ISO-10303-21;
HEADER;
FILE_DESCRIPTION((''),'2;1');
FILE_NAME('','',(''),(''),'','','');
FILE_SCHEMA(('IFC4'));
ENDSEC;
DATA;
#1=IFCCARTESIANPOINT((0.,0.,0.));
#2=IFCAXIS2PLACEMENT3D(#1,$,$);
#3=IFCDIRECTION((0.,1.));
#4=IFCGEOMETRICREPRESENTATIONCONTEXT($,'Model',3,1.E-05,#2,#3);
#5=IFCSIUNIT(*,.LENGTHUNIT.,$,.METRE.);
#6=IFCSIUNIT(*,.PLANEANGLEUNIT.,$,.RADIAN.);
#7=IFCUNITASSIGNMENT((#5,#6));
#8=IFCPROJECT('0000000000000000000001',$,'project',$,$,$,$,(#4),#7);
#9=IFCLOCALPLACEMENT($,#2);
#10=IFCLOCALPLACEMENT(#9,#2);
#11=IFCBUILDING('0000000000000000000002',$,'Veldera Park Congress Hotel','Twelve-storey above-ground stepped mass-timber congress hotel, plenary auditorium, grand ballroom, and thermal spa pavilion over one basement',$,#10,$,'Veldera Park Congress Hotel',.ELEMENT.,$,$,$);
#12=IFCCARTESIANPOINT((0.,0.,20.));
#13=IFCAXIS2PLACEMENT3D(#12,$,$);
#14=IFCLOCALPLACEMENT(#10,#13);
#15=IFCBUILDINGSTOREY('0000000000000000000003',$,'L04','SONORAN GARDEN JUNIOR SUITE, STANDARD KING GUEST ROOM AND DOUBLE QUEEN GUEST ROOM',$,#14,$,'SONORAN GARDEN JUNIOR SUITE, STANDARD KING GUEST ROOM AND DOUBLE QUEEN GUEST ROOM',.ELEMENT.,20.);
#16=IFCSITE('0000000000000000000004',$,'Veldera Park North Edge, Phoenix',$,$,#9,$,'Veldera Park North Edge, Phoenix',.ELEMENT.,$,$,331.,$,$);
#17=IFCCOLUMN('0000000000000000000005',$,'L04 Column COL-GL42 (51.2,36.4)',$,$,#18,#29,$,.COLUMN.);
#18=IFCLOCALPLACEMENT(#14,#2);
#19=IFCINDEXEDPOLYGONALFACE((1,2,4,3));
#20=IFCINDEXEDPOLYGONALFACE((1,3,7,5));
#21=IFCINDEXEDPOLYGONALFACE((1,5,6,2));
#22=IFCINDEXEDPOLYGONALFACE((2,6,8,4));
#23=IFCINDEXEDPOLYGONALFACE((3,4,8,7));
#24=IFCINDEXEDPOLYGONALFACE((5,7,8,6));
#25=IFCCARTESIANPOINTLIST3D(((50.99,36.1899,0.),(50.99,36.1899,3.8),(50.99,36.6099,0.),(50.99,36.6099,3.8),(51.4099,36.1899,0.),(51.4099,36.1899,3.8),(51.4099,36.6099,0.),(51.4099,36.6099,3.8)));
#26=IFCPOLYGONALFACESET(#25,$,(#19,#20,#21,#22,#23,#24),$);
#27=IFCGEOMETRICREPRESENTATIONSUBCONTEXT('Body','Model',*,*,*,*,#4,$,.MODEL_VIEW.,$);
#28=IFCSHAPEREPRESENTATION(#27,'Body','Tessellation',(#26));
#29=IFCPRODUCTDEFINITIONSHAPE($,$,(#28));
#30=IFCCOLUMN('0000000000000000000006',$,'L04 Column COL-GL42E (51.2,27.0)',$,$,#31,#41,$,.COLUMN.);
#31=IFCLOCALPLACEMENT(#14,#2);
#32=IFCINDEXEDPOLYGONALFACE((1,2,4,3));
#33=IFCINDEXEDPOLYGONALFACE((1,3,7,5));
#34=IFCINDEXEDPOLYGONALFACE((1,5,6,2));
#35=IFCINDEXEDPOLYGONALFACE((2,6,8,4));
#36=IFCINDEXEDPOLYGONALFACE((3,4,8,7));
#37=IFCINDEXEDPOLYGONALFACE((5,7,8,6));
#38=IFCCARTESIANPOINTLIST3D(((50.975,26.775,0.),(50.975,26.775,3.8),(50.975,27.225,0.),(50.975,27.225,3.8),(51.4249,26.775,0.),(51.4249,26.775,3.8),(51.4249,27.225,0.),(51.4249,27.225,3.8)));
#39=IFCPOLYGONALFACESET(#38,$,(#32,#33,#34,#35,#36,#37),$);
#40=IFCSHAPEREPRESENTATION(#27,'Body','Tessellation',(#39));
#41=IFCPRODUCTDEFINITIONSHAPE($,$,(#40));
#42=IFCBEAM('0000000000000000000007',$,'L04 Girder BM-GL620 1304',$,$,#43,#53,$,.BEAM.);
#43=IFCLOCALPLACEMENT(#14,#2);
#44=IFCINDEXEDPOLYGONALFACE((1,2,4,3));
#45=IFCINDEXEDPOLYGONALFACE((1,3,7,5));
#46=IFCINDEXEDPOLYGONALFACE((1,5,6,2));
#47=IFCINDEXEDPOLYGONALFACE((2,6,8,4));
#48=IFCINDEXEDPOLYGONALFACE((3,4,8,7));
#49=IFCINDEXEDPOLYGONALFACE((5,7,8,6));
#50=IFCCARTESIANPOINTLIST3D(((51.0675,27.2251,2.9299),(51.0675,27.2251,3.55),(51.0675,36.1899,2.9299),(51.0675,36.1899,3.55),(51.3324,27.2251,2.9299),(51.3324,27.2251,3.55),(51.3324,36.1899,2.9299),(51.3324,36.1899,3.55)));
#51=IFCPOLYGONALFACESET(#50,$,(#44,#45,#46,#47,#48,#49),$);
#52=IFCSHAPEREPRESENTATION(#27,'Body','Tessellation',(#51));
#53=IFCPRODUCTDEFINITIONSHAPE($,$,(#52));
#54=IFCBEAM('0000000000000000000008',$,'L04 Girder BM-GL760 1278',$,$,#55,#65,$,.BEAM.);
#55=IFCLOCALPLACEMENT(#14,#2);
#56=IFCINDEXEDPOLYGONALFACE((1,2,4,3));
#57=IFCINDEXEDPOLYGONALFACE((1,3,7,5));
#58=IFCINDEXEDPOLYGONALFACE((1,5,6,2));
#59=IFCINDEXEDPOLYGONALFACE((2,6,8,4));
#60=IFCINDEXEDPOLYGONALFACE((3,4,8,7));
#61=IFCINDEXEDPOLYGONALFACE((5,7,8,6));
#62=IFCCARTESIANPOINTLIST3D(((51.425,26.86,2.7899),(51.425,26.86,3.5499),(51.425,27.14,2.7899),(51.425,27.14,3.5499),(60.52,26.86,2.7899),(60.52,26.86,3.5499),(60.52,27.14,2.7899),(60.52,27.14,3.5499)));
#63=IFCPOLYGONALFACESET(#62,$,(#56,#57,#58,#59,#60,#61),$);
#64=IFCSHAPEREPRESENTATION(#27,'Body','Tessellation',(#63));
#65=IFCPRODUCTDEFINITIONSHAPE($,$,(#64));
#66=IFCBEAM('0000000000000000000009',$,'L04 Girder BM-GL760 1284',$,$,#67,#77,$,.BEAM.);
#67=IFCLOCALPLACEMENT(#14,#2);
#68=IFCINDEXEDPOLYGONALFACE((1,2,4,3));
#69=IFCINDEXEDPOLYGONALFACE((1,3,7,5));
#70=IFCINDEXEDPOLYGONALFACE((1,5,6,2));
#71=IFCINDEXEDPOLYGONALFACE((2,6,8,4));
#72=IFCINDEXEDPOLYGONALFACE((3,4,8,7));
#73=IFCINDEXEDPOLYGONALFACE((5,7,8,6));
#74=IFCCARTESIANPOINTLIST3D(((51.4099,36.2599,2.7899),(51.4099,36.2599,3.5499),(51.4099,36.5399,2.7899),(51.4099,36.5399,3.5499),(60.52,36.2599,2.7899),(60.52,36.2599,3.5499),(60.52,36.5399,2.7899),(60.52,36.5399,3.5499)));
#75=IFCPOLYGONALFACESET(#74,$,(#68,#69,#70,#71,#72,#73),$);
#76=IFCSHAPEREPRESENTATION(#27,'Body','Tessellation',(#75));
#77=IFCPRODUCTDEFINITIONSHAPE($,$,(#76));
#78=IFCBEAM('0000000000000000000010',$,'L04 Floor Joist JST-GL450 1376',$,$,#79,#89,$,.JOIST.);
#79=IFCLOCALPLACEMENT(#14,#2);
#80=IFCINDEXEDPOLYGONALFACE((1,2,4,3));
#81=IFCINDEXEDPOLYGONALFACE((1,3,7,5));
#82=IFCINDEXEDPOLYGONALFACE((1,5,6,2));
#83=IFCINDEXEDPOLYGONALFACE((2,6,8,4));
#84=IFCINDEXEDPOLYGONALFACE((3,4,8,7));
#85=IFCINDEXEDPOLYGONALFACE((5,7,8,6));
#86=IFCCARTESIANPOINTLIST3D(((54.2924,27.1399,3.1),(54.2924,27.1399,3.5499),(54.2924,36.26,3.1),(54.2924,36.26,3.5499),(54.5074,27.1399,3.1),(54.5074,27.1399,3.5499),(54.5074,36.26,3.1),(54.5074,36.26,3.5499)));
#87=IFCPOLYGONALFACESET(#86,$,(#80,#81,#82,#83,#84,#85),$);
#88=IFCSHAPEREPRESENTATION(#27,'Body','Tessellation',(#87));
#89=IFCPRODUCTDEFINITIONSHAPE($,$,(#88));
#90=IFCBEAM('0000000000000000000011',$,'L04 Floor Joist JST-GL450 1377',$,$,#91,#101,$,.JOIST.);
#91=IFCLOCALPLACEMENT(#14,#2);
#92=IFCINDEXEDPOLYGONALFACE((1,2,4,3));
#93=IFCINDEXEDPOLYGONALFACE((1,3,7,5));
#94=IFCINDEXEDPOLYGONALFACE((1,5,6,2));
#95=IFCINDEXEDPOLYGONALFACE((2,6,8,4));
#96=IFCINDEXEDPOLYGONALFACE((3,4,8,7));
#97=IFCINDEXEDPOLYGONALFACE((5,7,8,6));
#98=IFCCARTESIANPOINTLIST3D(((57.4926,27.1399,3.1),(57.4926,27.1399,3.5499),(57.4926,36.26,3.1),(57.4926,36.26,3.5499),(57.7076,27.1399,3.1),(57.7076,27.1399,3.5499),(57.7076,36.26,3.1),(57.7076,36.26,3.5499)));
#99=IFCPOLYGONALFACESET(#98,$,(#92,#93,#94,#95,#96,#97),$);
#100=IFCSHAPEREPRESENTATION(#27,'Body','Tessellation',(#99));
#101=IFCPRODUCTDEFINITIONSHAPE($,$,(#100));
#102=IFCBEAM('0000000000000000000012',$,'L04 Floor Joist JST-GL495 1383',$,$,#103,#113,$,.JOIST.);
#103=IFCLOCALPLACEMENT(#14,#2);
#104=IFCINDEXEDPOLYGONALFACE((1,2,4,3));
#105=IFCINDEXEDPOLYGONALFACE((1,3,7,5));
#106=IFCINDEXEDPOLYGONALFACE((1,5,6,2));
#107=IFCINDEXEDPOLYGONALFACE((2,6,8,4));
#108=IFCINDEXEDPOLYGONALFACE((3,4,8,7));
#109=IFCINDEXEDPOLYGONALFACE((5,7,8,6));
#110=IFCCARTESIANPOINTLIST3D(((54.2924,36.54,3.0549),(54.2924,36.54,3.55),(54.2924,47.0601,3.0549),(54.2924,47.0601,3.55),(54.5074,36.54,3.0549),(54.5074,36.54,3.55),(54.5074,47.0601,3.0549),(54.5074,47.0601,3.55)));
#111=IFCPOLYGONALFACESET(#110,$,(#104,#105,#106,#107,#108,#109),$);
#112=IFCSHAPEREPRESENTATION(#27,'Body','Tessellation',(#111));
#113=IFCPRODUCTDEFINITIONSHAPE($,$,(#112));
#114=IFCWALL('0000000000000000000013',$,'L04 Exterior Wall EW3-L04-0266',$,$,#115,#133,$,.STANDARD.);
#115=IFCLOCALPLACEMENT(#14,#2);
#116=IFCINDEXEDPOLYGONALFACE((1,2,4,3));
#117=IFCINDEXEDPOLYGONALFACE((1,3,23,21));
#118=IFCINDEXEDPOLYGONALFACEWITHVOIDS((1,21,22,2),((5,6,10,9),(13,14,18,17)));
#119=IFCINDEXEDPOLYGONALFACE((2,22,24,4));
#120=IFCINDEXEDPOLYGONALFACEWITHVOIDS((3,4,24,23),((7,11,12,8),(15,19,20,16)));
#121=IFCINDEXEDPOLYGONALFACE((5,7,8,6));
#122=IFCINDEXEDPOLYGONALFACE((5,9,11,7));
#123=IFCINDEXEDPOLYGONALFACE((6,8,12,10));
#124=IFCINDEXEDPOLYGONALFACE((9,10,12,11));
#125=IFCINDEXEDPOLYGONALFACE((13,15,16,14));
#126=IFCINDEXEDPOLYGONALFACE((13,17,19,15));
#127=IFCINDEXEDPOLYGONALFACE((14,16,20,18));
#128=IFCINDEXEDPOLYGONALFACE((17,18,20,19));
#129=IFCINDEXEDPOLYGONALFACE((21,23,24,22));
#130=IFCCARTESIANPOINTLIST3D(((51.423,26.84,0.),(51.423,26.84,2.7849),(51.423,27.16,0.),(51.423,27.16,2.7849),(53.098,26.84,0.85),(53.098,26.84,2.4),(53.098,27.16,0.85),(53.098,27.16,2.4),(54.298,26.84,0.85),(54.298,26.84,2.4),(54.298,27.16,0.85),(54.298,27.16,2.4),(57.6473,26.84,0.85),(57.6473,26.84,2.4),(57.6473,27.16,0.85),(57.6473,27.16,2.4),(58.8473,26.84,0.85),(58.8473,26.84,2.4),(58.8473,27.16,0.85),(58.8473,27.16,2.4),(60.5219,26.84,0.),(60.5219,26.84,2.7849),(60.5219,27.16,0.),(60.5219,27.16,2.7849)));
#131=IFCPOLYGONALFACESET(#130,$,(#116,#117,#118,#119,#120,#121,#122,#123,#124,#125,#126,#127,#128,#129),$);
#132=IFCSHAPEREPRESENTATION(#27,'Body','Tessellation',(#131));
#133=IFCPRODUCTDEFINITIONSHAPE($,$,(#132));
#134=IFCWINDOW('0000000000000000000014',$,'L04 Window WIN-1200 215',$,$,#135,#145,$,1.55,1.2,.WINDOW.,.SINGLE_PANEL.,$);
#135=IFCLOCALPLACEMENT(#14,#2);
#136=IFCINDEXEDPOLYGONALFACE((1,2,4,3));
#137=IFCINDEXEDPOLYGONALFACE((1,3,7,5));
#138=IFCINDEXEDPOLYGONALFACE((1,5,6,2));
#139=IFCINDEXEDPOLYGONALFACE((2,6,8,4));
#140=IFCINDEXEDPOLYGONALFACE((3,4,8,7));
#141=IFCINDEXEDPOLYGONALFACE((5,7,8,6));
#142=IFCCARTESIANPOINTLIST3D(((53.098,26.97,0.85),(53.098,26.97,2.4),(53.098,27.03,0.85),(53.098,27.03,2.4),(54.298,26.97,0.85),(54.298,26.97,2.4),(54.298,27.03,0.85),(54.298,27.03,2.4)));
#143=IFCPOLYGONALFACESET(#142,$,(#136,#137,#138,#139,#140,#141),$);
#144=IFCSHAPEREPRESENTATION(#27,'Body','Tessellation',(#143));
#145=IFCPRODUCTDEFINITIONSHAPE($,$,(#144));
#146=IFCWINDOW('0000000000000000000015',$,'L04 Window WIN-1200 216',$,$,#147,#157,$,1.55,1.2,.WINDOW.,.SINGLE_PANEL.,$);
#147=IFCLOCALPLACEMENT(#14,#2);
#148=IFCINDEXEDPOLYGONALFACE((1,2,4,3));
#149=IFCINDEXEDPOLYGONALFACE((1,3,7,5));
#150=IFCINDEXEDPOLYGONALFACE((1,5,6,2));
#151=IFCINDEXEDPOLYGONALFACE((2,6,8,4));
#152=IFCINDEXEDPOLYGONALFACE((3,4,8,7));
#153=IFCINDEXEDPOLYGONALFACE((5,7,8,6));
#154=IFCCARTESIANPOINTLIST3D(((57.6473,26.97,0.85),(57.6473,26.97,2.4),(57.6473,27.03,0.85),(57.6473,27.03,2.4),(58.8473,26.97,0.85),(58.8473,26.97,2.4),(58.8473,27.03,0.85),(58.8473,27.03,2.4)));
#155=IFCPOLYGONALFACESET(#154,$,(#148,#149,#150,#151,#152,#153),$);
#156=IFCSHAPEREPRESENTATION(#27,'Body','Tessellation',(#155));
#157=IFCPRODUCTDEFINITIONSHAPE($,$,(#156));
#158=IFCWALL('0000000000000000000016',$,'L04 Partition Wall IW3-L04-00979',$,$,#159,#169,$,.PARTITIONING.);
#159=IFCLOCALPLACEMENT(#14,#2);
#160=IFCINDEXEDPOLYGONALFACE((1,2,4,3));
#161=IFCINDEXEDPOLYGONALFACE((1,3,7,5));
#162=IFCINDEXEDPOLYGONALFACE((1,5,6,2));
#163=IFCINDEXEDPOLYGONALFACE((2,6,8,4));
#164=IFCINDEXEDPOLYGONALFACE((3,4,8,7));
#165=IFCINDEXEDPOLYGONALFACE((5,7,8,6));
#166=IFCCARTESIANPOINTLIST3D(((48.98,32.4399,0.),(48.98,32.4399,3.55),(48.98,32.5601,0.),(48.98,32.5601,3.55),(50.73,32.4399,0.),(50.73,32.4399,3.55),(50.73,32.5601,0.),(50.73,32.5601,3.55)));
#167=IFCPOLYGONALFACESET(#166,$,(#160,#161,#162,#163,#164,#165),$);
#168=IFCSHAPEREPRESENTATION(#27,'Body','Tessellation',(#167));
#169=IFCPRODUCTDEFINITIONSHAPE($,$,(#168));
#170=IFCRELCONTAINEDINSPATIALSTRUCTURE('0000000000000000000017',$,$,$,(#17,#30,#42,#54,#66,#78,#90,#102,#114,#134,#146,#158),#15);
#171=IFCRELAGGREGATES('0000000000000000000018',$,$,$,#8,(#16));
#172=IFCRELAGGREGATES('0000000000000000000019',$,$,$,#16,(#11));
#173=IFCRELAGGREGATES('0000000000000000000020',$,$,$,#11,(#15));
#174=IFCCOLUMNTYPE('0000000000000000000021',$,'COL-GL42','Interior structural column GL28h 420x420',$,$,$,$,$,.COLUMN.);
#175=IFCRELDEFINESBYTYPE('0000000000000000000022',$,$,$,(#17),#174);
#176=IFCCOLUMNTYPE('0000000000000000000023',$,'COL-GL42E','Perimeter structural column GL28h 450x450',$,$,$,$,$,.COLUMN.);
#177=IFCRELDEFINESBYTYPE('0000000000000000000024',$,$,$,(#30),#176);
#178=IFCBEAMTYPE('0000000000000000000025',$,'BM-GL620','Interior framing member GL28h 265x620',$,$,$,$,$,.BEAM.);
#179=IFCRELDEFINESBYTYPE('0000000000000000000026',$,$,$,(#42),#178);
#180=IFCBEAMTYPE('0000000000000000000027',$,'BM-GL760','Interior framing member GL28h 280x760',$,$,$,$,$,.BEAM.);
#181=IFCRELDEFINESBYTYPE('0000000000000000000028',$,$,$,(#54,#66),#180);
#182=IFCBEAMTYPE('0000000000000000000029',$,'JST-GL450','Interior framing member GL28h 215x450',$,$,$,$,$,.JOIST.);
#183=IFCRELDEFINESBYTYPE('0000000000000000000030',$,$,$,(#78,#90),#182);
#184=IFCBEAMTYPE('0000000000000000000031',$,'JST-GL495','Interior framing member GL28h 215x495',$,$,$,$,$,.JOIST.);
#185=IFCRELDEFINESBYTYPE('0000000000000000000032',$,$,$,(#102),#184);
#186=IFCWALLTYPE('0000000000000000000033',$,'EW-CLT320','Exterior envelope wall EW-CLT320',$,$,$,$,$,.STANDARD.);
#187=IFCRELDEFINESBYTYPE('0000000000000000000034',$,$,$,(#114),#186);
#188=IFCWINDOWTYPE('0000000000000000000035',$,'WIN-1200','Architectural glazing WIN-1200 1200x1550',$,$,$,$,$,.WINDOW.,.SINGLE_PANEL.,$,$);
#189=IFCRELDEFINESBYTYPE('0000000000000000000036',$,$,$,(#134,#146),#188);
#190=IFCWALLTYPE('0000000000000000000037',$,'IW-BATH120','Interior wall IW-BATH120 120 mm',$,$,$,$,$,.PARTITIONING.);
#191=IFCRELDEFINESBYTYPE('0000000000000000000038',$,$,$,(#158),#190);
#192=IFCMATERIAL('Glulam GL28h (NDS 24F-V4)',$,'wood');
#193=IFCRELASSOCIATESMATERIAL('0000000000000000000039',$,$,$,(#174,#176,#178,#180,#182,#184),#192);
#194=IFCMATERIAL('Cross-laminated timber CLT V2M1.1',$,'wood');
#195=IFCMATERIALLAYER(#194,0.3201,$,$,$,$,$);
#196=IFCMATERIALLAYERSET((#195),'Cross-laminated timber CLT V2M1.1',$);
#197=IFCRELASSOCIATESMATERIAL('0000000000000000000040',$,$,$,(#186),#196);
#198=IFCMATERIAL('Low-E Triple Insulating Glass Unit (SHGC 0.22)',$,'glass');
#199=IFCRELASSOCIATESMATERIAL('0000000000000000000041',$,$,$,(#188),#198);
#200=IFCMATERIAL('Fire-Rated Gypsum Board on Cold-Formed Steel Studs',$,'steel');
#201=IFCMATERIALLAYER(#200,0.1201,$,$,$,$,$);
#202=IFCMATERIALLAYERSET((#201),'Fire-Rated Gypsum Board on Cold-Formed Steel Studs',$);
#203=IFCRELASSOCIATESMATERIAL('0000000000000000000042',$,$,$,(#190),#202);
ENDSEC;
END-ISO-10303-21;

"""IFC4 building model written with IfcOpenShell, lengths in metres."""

from ifc_helpers import new_model, si_unit, direction, frame, frame_2d, origin, origin_2d, place, context, subcontext, project, spatial, rectangle, extrude, material, layer, layer_set, material_profile, profile_set, type_object, element, fill, save


model = new_model("IFC4")

# Units and contexts
model_context = context("Model", 3, precision=1e-05, world=origin(), true_north=direction((0.0, 1.0)))
body_context = subcontext(model_context, "Body", "Model", "MODEL_VIEW")
ifc_project = project(units=[si_unit("LENGTHUNIT", "METRE"), si_unit("PLANEANGLEUNIT", "RADIAN")], contexts=[model_context])

# Site, building, storey
site_placement = place(None, origin())
site = spatial("IfcSite", under=ifc_project, at=site_placement, Name="Veldera Park North Edge, Phoenix", LongName="Veldera Park North Edge, Phoenix", CompositionType="ELEMENT", RefElevation=331.0)
building_placement = place(site_placement, origin())
building = spatial("IfcBuilding", under=site, at=building_placement, Name="Veldera Park Congress Hotel", Description="Twelve-storey above-ground stepped mass-timber congress hotel, plenary auditorium, grand ballroom, and thermal spa pavilion over one basement", LongName="Veldera Park Congress Hotel", CompositionType="ELEMENT")
storey_placement = place(building_placement, frame((0.0, 0.0, 20.0)))
storey = spatial("IfcBuildingStorey", under=building, at=storey_placement, Name="L04", Description="SONORAN GARDEN JUNIOR SUITE, STANDARD KING GUEST ROOM AND DOUBLE QUEEN GUEST ROOM", LongName="SONORAN GARDEN JUNIOR SUITE, STANDARD KING GUEST ROOM AND DOUBLE QUEEN GUEST ROOM", CompositionType="ELEMENT", Elevation=20.0)

# Columns
ifc_material_1 = material(Name="Glulam GL28h (NDS 24F-V4)", Category="wood")
ifc_material_profile_1 = material_profile(ifc_material_1, rectangle(XDim=0.4199, YDim=0.4199, at=origin_2d()), Name="GL28h 420x420")
ifc_profile_set_1 = profile_set([ifc_material_profile_1], Name="Glulam GL28h (NDS 24F-V4)")
column_type_1 = type_object("IfcColumnType", Name="COL-GL42", Description="Interior structural column GL28h 420x420", PredefinedType="COLUMN", material=ifc_profile_set_1)
column_1_placement = place(storey_placement, frame((51.2, 36.3999, 0.0), z_axis=(0.0, 0.0, 1.0), x_axis=(1.0, 0.0, 0.0)))
element("IfcColumn", 1, at=column_1_placement, inside=storey, type_object=column_type_1, Name="L04 Column COL-GL42 (51.2,36.4)", PredefinedType="COLUMN", context=body_context, shape_type="SweptSolid", body=[
    extrude(rectangle(XDim=0.4199, YDim=0.4199, at=origin_2d()), origin(), (0.0, 0.0, 1.0), 3.8),
])
ifc_material_profile_2 = material_profile(ifc_material_1, rectangle(XDim=0.45, YDim=0.45, at=origin_2d()), Name="GL28h 450x450")
ifc_profile_set_2 = profile_set([ifc_material_profile_2], Name="Glulam GL28h (NDS 24F-V4)")
column_type_2 = type_object("IfcColumnType", Name="COL-GL42E", Description="Perimeter structural column GL28h 450x450", PredefinedType="COLUMN", material=ifc_profile_set_2)
column_2_placement = place(storey_placement, frame((51.2, 27.0, 0.0), z_axis=(0.0, 0.0, 1.0), x_axis=(1.0, 0.0, 0.0)))
element("IfcColumn", 2, at=column_2_placement, inside=storey, type_object=column_type_2, Name="L04 Column COL-GL42E (51.2,27.0)", PredefinedType="COLUMN", context=body_context, shape_type="SweptSolid", body=[
    extrude(rectangle(XDim=0.45, YDim=0.45, at=origin_2d()), origin(), (0.0, 0.0, 1.0), 3.8),
])

# Beams
ifc_material_profile_3 = material_profile(ifc_material_1, rectangle(XDim=0.2649, YDim=0.6201, at=origin_2d()), Name="GL28h 265x620")
ifc_profile_set_3 = profile_set([ifc_material_profile_3], Name="Glulam GL28h (NDS 24F-V4)")
beam_type_1 = type_object("IfcBeamType", Name="BM-GL620", Description="Interior framing member GL28h 265x620", PredefinedType="BEAM", material=ifc_profile_set_3)
beam_1_placement = place(storey_placement, frame((51.2, 27.2251, 3.24), z_axis=(0.0, 1.0, 0.0), x_axis=(-1.0, 0.0, 0.0)))
element("IfcBeam", 3, at=beam_1_placement, inside=storey, type_object=beam_type_1, Name="L04 Girder BM-GL620 1304", PredefinedType="BEAM", context=body_context, shape_type="SweptSolid", body=[
    extrude(rectangle(XDim=0.2649, YDim=0.6201, at=origin_2d()), origin(), (0.0, 0.0, 1.0), 8.9648),
])
ifc_material_profile_4 = material_profile(ifc_material_1, rectangle(XDim=0.28, YDim=0.76, at=origin_2d()), Name="GL28h 280x760")
ifc_profile_set_4 = profile_set([ifc_material_profile_4], Name="Glulam GL28h (NDS 24F-V4)")
beam_type_2 = type_object("IfcBeamType", Name="BM-GL760", Description="Interior framing member GL28h 280x760", PredefinedType="BEAM", material=ifc_profile_set_4)
beam_2_placement = place(storey_placement, frame((51.425, 27.0, 3.1699), z_axis=(1.0, 0.0, 0.0), x_axis=(0.0, 1.0, 0.0)))
element("IfcBeam", 4, at=beam_2_placement, inside=storey, type_object=beam_type_2, Name="L04 Girder BM-GL760 1278", PredefinedType="BEAM", context=body_context, shape_type="SweptSolid", body=[
    extrude(rectangle(XDim=0.28, YDim=0.76, at=origin_2d()), origin(), (0.0, 0.0, 1.0), 9.095),
])
beam_3_placement = place(storey_placement, frame((51.4099, 36.3999, 3.1699), z_axis=(1.0, 0.0, 0.0), x_axis=(0.0, 1.0, 0.0)))
element("IfcBeam", 5, at=beam_3_placement, inside=storey, type_object=beam_type_2, Name="L04 Girder BM-GL760 1284", PredefinedType="BEAM", context=body_context, shape_type="SweptSolid", body=[
    extrude(rectangle(XDim=0.28, YDim=0.76, at=origin_2d()), origin(), (0.0, 0.0, 1.0), 9.1101),
])
ifc_material_profile_5 = material_profile(ifc_material_1, rectangle(XDim=0.2151, YDim=0.45, at=origin_2d()), Name="GL28h 215x450")
ifc_profile_set_5 = profile_set([ifc_material_profile_5], Name="Glulam GL28h (NDS 24F-V4)")
beam_type_3 = type_object("IfcBeamType", Name="JST-GL450", Description="Interior framing member GL28h 215x450", PredefinedType="JOIST", material=ifc_profile_set_5)
for number, where, z_axis, x_axis, name in (
    (6, (54.3999, 27.1399, 3.325), (0.0, 1.0, 0.0), (-1.0, 0.0, 0.0), "L04 Floor Joist JST-GL450 1376"),
    (7, (57.6001, 27.1399, 3.325), (0.0, 1.0, 0.0), (-1.0, 0.0, 0.0), "L04 Floor Joist JST-GL450 1377"),
):
    element("IfcBeam", number, at=place(storey_placement, frame(where, z_axis=z_axis, x_axis=x_axis)), inside=storey, type_object=beam_type_3, Name=name, PredefinedType="JOIST", context=body_context, shape_type="SweptSolid", body=[
        extrude(rectangle(XDim=0.2151, YDim=0.45, at=origin_2d()), origin(), (0.0, 0.0, 1.0), 9.1201),
    ])
ifc_material_profile_6 = material_profile(ifc_material_1, rectangle(XDim=0.2151, YDim=0.4951, at=origin_2d()), Name="GL28h 215x495")
ifc_profile_set_6 = profile_set([ifc_material_profile_6], Name="Glulam GL28h (NDS 24F-V4)")
beam_type_4 = type_object("IfcBeamType", Name="JST-GL495", Description="Interior framing member GL28h 215x495", PredefinedType="JOIST", material=ifc_profile_set_6)
beam_4_placement = place(storey_placement, frame((54.3999, 36.54, 3.3025), z_axis=(0.0, 1.0, 0.0), x_axis=(-1.0, 0.0, 0.0)))
element("IfcBeam", 8, at=beam_4_placement, inside=storey, type_object=beam_type_4, Name="L04 Floor Joist JST-GL495 1383", PredefinedType="JOIST", context=body_context, shape_type="SweptSolid", body=[
    extrude(rectangle(XDim=0.2151, YDim=0.4951, at=origin_2d()), origin(), (0.0, 0.0, 1.0), 10.52),
])

# Wall, openings, windows
ifc_material_2 = material(Name="Cross-laminated timber CLT V2M1.1", Category="wood")
ifc_layer_1 = layer(ifc_material_2, 0.3201)
ifc_layer_set_1 = layer_set([ifc_layer_1], Name="Cross-laminated timber CLT V2M1.1")
wall_type_1 = type_object("IfcWallType", Name="EW-CLT320", Description="Exterior envelope wall EW-CLT320", PredefinedType="STANDARD", material=ifc_layer_set_1)
wall_1_placement = place(storey_placement, frame((51.4231, 27.0, 0.0), z_axis=(0.0, 0.0, 1.0), x_axis=(1.0, 0.0, 0.0)))
wall_1 = element("IfcWall", 9, at=wall_1_placement, inside=storey, type_object=wall_type_1, Name="L04 Exterior Wall EW3-L04-0266", PredefinedType="STANDARD", context=body_context, shape_type="SweptSolid", body=[
    extrude(rectangle(XDim=9.0989, YDim=0.3201, at=frame_2d((4.5493, 0.0))), origin(), (0.0, 0.0, 1.0), 2.7849),
])
opening_1_placement = place(wall_1_placement, frame((1.6748, 0.0, 0.8501)))
opening_1 = element("IfcOpeningElement", 10, at=opening_1_placement, cuts=wall_1, PredefinedType="OPENING", context=body_context, shape_type="SweptSolid", body=[
    extrude(rectangle(XDim=1.2, YDim=1.55, at=frame_2d((0.6001, 0.7749))), frame((0.0, 0.1721, 0.0), z_axis=(0.0, -1.0, 0.0), x_axis=(1.0, 0.0, 0.0)), (0.0, 0.0, 1.0), 0.344),
])
opening_2_placement = place(wall_1_placement, frame((6.2241, 0.0, 0.8501)))
opening_2 = element("IfcOpeningElement", 11, at=opening_2_placement, cuts=wall_1, PredefinedType="OPENING", context=body_context, shape_type="SweptSolid", body=[
    extrude(rectangle(XDim=1.2, YDim=1.55, at=frame_2d((0.6001, 0.7749))), frame((0.0, 0.1721, 0.0), z_axis=(0.0, -1.0, 0.0), x_axis=(1.0, 0.0, 0.0)), (0.0, 0.0, 1.0), 0.344),
])
ifc_material_3 = material(Name="Low-E Triple Insulating Glass Unit (SHGC 0.22)", Category="glass")
window_type = type_object("IfcWindowType", Name="WIN-1200", Description="Architectural glazing WIN-1200 1200x1550", PartitioningType="SINGLE_PANEL", PredefinedType="WINDOW", material=ifc_material_3)
window_1_placement = place(opening_1_placement, origin())
window_1 = element("IfcWindow", 12, at=window_1_placement, inside=storey, type_object=window_type, Name="L04 Window WIN-1200 215", OverallHeight=1.55, OverallWidth=1.2, PartitioningType="SINGLE_PANEL", PredefinedType="WINDOW", context=body_context, shape_type="SweptSolid", body=[
    extrude(rectangle(XDim=1.2, YDim=1.55, at=frame_2d((0.6001, 0.7749))), frame((0.0, 0.03, 0.0), z_axis=(0.0, -1.0, 0.0), x_axis=(1.0, 0.0, 0.0)), (0.0, 0.0, 1.0), 0.0601),
])
fill(opening_1, window_1)
window_2_placement = place(opening_2_placement, origin())
window_2 = element("IfcWindow", 13, at=window_2_placement, inside=storey, type_object=window_type, Name="L04 Window WIN-1200 216", OverallHeight=1.55, OverallWidth=1.2, PartitioningType="SINGLE_PANEL", PredefinedType="WINDOW", context=body_context, shape_type="SweptSolid", body=[
    extrude(rectangle(XDim=1.2, YDim=1.55, at=frame_2d((0.6001, 0.7749))), frame((0.0, 0.03, 0.0), z_axis=(0.0, -1.0, 0.0), x_axis=(1.0, 0.0, 0.0)), (0.0, 0.0, 1.0), 0.0601),
])
fill(opening_2, window_2)

# Wall
ifc_material_4 = material(Name="Fire-Rated Gypsum Board on Cold-Formed Steel Studs", Category="steel")
ifc_layer_2 = layer(ifc_material_4, 0.1201)
ifc_layer_set_2 = layer_set([ifc_layer_2], Name="Fire-Rated Gypsum Board on Cold-Formed Steel Studs")
wall_type_2 = type_object("IfcWallType", Name="IW-BATH120", Description="Interior wall IW-BATH120 120 mm", PredefinedType="PARTITIONING", material=ifc_layer_set_2)
wall_2_placement = place(storey_placement, frame((48.98, 32.5, 0.0), z_axis=(0.0, 0.0, 1.0), x_axis=(1.0, 0.0, 0.0)))
element("IfcWall", 14, at=wall_2_placement, inside=storey, type_object=wall_type_2, Name="L04 Partition Wall IW3-L04-00979", PredefinedType="PARTITIONING", context=body_context, shape_type="SweptSolid", body=[
    extrude(rectangle(XDim=1.75, YDim=0.1201, at=frame_2d((0.875, 0.0))), origin(), (0.0, 0.0, 1.0), 3.55),
])

save(model, "model.ifc")
